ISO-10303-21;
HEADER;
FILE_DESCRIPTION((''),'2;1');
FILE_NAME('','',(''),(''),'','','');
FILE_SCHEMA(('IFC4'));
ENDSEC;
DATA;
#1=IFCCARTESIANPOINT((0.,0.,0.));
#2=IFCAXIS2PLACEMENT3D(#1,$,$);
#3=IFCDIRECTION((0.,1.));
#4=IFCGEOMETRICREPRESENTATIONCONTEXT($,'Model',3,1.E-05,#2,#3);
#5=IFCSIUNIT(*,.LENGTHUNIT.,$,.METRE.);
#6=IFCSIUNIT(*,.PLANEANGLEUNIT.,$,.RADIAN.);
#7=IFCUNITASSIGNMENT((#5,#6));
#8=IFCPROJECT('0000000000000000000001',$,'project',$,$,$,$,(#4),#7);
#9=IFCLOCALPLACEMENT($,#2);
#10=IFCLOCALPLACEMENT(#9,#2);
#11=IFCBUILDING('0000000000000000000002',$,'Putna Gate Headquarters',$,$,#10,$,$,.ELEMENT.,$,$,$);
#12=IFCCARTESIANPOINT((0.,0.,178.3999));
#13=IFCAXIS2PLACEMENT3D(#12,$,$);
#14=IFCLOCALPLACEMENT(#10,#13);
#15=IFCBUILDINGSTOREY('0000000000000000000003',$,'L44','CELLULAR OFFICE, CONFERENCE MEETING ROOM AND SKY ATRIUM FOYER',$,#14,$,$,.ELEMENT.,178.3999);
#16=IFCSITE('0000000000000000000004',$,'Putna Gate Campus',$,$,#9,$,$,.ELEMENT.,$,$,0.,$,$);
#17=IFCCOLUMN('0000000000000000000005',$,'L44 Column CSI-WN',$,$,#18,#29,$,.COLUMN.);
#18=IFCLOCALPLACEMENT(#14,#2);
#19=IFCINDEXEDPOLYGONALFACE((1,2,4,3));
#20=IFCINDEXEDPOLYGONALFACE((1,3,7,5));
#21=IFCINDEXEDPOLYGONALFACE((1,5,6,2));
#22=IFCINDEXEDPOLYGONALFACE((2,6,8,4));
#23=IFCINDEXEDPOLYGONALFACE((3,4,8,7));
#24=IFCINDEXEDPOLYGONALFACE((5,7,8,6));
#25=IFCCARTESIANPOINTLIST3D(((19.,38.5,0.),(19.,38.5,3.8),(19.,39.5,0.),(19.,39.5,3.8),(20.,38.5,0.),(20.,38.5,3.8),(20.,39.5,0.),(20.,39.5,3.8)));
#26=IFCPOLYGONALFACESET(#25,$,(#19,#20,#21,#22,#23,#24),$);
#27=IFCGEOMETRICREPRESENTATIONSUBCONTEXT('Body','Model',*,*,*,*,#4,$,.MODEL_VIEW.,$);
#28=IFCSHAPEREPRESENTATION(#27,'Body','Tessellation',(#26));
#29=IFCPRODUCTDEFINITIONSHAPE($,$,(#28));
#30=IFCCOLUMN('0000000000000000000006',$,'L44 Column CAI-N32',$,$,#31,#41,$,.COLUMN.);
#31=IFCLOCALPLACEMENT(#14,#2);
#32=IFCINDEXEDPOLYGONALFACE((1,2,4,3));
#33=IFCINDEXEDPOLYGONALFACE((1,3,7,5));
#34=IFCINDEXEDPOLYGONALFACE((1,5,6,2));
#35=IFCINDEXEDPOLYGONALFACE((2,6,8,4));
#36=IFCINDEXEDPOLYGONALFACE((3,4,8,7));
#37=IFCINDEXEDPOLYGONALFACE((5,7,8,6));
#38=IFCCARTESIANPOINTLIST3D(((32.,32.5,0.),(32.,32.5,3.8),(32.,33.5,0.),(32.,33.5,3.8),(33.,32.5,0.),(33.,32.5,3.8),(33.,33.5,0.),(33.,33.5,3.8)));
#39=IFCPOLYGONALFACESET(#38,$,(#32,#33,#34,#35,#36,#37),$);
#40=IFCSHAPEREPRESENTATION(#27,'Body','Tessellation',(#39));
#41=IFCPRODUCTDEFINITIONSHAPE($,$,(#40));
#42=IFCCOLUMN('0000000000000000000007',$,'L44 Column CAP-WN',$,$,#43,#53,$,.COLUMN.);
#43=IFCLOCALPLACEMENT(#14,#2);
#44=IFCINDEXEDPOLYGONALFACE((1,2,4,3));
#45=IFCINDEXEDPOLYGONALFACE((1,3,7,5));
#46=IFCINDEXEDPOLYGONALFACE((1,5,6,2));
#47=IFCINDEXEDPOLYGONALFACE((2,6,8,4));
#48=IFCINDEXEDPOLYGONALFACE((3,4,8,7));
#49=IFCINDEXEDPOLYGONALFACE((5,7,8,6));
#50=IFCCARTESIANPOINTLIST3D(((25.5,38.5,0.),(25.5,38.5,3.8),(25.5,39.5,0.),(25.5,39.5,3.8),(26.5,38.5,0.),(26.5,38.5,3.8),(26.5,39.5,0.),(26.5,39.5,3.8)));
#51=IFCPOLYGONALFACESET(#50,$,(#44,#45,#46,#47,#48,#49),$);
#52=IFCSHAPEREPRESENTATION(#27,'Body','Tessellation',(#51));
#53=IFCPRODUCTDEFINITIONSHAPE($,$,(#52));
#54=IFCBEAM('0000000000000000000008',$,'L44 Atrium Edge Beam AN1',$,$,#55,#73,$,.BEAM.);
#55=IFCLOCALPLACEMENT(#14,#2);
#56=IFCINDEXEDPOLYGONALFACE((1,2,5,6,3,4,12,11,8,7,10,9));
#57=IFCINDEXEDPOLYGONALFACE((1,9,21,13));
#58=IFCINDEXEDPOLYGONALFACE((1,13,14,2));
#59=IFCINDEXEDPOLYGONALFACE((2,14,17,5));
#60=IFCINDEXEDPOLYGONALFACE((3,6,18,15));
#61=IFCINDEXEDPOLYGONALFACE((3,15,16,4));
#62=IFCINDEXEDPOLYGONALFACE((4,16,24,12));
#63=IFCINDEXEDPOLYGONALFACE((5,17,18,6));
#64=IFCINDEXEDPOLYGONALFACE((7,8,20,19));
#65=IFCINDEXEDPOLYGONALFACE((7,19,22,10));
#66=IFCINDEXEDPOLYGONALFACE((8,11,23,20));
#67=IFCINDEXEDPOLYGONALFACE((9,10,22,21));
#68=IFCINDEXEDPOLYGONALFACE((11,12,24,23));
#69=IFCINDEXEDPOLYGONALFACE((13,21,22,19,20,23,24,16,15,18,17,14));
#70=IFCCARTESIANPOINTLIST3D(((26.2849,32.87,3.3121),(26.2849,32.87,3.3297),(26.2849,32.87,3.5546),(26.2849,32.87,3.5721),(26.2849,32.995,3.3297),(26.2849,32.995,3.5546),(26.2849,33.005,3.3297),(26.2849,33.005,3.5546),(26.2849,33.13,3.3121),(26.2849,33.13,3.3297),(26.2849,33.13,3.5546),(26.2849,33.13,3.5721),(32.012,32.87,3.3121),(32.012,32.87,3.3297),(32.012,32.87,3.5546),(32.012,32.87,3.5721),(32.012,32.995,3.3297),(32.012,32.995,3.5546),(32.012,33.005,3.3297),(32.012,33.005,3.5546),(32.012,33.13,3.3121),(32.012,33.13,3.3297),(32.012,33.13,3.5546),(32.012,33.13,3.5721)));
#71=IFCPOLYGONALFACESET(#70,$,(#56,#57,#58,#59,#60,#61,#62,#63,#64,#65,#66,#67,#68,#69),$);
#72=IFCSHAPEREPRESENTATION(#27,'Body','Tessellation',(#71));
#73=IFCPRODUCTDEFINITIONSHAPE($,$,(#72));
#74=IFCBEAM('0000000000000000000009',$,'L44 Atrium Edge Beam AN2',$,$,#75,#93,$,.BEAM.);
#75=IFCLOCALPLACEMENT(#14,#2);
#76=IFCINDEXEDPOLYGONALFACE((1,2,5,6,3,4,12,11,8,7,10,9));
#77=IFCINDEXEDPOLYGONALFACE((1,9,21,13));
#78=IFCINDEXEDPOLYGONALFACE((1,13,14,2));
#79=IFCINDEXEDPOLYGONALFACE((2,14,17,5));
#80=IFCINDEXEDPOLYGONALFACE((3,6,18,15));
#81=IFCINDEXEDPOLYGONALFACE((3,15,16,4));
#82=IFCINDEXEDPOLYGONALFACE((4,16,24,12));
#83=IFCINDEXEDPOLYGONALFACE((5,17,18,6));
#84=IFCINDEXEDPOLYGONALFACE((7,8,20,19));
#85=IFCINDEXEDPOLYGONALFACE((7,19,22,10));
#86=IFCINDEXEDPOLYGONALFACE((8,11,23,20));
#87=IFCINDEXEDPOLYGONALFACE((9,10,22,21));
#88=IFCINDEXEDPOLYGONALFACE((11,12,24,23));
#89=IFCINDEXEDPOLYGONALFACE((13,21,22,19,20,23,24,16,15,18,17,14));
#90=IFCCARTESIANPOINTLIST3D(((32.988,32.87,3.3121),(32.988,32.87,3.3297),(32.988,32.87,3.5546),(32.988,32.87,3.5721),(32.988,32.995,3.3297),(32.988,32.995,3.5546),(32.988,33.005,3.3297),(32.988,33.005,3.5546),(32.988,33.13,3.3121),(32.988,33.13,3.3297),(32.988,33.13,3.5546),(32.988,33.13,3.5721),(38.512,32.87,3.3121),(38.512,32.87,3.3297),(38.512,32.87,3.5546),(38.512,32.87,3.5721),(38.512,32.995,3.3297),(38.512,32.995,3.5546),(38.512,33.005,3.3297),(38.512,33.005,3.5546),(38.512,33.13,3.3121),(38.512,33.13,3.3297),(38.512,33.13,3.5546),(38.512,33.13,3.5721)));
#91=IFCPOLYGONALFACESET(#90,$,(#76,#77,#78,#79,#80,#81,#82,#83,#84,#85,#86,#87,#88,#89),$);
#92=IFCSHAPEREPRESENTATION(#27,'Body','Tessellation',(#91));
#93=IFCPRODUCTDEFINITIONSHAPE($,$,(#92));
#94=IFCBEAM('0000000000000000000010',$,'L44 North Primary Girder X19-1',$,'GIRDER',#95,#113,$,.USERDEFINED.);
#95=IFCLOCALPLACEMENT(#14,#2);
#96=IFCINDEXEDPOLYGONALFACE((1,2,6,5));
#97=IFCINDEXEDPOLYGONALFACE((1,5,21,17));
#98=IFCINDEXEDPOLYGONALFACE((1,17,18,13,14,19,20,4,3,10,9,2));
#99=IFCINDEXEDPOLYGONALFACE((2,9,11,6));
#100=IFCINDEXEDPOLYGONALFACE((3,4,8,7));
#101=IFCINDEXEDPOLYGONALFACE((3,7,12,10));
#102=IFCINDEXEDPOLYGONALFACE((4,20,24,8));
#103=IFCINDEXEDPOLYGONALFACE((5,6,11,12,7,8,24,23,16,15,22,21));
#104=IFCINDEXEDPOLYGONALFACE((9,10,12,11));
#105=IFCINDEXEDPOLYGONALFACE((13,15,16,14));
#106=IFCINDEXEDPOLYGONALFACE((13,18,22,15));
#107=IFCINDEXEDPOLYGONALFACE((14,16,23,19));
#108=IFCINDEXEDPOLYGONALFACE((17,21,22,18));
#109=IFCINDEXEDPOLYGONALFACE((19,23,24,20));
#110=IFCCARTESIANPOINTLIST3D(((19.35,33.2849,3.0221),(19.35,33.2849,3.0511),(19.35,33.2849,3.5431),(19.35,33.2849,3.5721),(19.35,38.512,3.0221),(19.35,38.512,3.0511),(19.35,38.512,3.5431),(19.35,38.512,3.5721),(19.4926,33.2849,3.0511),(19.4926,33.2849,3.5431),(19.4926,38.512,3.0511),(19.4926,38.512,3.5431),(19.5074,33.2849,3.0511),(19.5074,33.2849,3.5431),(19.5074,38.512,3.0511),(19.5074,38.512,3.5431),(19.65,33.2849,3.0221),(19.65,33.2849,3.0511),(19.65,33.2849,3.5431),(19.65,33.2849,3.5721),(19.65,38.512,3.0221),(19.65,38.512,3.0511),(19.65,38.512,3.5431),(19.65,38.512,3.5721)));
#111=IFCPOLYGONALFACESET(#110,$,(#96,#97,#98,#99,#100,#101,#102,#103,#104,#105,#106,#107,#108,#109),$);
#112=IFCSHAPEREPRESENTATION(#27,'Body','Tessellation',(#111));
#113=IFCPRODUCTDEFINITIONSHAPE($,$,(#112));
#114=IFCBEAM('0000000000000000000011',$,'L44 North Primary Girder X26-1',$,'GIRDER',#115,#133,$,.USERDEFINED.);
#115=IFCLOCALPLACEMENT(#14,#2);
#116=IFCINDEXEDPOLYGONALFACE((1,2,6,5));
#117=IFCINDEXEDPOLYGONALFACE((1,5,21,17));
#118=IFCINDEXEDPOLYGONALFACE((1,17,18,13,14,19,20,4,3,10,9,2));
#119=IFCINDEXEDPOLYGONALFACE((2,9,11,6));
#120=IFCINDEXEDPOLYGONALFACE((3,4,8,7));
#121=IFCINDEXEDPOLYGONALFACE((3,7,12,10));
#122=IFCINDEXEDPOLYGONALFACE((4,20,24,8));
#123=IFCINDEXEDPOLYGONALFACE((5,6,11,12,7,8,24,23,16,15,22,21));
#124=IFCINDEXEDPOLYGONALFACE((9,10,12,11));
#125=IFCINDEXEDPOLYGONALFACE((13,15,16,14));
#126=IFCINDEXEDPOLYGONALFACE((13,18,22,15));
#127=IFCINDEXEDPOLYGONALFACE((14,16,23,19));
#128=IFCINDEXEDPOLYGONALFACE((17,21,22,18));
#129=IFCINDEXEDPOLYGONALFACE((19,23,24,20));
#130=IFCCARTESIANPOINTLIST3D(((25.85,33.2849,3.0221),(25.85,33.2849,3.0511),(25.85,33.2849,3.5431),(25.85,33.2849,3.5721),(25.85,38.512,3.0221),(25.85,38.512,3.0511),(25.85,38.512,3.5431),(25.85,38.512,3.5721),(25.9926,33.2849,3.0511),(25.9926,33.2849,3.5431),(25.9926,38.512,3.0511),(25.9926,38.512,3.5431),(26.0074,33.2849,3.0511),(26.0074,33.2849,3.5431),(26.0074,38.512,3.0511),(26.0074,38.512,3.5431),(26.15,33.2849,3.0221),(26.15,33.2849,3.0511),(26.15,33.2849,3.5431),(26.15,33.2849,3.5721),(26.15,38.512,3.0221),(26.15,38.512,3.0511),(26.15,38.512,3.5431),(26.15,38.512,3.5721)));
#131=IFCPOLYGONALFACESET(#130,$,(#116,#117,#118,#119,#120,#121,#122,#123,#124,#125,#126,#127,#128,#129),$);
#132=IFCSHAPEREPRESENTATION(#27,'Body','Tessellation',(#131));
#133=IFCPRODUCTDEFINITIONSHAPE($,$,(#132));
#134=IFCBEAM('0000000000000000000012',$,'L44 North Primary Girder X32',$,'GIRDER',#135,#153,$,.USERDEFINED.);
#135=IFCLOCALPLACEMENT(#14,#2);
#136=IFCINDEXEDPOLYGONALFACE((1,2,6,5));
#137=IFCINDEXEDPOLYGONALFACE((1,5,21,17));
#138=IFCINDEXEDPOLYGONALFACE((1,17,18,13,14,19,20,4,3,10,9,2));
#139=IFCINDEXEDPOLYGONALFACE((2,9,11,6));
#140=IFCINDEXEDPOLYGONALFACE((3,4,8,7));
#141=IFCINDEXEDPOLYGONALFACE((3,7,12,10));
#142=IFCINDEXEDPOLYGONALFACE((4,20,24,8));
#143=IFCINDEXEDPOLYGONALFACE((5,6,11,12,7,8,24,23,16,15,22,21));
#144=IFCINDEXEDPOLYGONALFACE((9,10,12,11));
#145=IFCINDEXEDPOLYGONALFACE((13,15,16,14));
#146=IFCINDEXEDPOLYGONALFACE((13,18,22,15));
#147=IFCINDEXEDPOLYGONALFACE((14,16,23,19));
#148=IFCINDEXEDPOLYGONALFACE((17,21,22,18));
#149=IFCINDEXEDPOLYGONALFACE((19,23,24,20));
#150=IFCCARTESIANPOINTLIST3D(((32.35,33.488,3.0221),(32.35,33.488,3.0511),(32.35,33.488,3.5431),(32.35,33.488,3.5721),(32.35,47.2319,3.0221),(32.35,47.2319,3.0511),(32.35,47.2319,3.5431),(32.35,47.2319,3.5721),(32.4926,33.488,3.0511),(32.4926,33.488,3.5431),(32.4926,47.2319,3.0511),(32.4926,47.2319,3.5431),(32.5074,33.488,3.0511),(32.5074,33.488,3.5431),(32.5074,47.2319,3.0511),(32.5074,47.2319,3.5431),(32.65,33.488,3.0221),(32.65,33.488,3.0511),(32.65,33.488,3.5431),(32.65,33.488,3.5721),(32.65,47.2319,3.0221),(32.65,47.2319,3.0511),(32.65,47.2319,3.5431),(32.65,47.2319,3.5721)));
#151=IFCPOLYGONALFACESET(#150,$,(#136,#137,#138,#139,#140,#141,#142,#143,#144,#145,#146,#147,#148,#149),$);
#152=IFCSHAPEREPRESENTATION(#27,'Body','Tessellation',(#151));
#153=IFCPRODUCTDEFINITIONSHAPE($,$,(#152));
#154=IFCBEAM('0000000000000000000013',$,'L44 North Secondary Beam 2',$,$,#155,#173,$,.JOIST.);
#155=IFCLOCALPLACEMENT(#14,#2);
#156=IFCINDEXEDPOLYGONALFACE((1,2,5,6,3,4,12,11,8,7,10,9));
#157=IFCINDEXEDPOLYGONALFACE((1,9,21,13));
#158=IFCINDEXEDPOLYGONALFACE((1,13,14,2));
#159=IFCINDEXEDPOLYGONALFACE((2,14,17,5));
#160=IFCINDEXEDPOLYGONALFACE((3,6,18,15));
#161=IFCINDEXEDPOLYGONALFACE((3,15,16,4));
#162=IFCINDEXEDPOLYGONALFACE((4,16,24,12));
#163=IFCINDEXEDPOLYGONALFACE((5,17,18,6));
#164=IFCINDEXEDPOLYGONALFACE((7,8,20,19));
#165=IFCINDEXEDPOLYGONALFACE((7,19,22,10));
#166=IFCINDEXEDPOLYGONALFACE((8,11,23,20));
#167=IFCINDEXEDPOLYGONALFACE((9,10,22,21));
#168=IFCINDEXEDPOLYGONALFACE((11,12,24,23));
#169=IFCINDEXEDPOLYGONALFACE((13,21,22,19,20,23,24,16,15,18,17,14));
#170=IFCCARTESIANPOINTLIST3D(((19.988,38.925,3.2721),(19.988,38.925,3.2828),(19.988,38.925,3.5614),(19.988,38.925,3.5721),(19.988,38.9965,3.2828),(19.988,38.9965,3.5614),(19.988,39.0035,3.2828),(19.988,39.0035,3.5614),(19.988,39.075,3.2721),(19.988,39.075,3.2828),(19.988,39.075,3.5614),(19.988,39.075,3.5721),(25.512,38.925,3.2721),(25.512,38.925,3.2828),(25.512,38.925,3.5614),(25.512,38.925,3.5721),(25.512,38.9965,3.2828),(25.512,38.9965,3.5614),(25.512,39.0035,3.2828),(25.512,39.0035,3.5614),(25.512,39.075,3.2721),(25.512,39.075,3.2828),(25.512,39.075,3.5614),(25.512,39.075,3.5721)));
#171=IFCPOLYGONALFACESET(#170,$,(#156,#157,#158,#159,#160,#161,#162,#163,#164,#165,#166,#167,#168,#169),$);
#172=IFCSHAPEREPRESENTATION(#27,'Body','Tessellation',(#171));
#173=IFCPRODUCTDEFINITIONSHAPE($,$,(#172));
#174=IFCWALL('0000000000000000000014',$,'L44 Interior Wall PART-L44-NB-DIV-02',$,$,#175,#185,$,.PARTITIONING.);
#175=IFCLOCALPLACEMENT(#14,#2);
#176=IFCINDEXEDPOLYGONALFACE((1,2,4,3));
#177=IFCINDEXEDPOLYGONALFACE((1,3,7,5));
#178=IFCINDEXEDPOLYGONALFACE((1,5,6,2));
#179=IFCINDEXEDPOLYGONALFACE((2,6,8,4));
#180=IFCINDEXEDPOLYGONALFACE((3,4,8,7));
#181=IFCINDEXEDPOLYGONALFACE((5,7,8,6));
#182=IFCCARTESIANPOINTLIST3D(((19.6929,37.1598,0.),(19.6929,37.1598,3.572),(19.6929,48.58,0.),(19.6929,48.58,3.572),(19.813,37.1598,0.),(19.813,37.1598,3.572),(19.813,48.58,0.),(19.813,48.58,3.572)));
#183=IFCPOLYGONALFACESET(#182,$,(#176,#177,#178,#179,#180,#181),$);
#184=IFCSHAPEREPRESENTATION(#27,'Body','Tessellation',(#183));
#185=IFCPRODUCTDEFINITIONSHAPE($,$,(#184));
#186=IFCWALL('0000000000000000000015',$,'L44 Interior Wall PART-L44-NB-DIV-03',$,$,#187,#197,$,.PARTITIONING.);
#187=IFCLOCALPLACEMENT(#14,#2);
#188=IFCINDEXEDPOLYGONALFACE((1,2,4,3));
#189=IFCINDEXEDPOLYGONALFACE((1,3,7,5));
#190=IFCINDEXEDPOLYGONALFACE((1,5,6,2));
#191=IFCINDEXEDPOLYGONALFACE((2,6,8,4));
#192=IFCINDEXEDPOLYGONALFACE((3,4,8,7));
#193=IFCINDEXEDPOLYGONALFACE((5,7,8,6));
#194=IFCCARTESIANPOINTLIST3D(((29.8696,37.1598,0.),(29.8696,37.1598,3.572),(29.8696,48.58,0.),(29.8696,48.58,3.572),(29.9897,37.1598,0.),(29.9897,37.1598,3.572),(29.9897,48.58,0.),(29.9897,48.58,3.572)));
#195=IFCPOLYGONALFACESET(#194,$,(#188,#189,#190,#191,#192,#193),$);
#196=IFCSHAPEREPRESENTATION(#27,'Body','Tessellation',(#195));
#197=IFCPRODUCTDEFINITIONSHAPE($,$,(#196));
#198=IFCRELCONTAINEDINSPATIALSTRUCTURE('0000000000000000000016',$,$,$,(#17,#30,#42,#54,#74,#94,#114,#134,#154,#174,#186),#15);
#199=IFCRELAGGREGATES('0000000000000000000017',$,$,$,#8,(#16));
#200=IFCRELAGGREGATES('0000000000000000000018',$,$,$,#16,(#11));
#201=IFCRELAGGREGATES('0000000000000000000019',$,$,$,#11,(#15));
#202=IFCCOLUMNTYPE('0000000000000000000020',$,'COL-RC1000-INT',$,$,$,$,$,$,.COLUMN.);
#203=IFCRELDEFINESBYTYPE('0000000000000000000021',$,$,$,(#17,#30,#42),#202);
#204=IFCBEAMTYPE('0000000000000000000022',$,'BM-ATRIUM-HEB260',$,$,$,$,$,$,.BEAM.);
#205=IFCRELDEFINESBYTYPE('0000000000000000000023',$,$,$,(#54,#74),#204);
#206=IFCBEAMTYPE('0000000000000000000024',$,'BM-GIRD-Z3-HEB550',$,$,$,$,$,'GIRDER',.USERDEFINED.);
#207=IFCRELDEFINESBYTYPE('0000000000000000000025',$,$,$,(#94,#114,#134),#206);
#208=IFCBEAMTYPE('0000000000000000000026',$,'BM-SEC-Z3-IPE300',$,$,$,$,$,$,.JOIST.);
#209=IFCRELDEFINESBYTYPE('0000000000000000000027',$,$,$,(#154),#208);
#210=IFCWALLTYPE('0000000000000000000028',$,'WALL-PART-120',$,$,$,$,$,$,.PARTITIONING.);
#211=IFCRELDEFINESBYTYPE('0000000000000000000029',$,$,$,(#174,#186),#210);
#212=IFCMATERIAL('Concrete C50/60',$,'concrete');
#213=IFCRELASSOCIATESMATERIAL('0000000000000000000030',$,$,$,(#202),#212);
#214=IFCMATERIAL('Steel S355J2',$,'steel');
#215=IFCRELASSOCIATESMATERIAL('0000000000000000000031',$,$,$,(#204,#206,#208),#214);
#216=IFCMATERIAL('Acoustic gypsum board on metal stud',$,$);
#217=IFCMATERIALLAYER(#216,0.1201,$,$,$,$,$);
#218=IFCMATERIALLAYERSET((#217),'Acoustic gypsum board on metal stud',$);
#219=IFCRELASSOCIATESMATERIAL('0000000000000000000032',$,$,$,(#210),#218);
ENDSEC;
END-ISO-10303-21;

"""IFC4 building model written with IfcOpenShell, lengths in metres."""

from ifc_helpers import new_model, si_unit, direction, frame, frame_2d, origin, origin_2d, place, context, subcontext, project, spatial, rectangle, i_section, extrude, material, layer, layer_set, material_profile, profile_set, type_object, element, save


model = new_model("IFC4")

# Units and contexts
model_context = context("Model", 3, precision=1e-05, world=origin(), true_north=direction((0.0, 1.0)))
body_context = subcontext(model_context, "Body", "Model", "MODEL_VIEW")
ifc_project = project(units=[si_unit("LENGTHUNIT", "METRE"), si_unit("PLANEANGLEUNIT", "RADIAN")], contexts=[model_context])

# Site, building, storey
site_placement = place(None, origin())
site = spatial("IfcSite", under=ifc_project, at=site_placement, Name="Putna Gate Campus", CompositionType="ELEMENT", RefElevation=0.0)
building_placement = place(site_placement, origin())
building = spatial("IfcBuilding", under=site, at=building_placement, Name="Putna Gate Headquarters", CompositionType="ELEMENT")
storey_placement = place(building_placement, frame((0.0, 0.0, 178.3999)))
storey = spatial("IfcBuildingStorey", under=building, at=storey_placement, Name="L44", Description="CELLULAR OFFICE, CONFERENCE MEETING ROOM AND SKY ATRIUM FOYER", CompositionType="ELEMENT", Elevation=178.3999)

# Columns
ifc_material_1 = material(Name="Concrete C50/60", Category="concrete")
ifc_material_profile_1 = material_profile(ifc_material_1, rectangle(XDim=1.0, YDim=1.0, at=origin_2d()), Name="Concrete C50/60")
ifc_profile_set_1 = profile_set([ifc_material_profile_1], Name="Concrete C50/60")
column_type = type_object("IfcColumnType", Name="COL-RC1000-INT", PredefinedType="COLUMN", material=ifc_profile_set_1)
for number, where, z_axis, x_axis, name in (
    (1, (19.5, 39.0, 0.0), (0.0, 0.0, 1.0), (1.0, 0.0, 0.0), "L44 Column CSI-WN"),
    (2, (32.5, 33.0, 0.0), (0.0, 0.0, 1.0), (1.0, 0.0, 0.0), "L44 Column CAI-N32"),
    (3, (26.0, 39.0, 0.0), (0.0, 0.0, 1.0), (1.0, 0.0, 0.0), "L44 Column CAP-WN"),
):
    element("IfcColumn", number, at=place(storey_placement, frame(where, z_axis=z_axis, x_axis=x_axis)), inside=storey, type_object=column_type, Name=name, PredefinedType="COLUMN", context=body_context, shape_type="SweptSolid", body=[
        extrude(rectangle(XDim=1.0, YDim=1.0, at=origin_2d()), origin(), (0.0, 0.0, 1.0), 3.8),
    ])

# Beams
ifc_material_2 = material(Name="Steel S355J2", Category="steel")
ifc_material_profile_2 = material_profile(ifc_material_2, i_section(OverallWidth=0.26, OverallDepth=0.26, WebThickness=0.01, FlangeThickness=0.0176, at=origin_2d()), Name="Steel S355J2")
ifc_profile_set_2 = profile_set([ifc_material_profile_2], Name="Steel S355J2")
beam_type_1 = type_object("IfcBeamType", Name="BM-ATRIUM-HEB260", PredefinedType="BEAM", material=ifc_profile_set_2)
beam_1_placement = place(storey_placement, frame((26.2849, 33.0, 3.4421), z_axis=(1.0, 0.0, 0.0), x_axis=(0.0, 1.0, 0.0)))
element("IfcBeam", 4, at=beam_1_placement, inside=storey, type_object=beam_type_1, Name="L44 Atrium Edge Beam AN1", PredefinedType="BEAM", context=body_context, shape_type="SweptSolid", body=[
    extrude(i_section(OverallWidth=0.26, OverallDepth=0.26, WebThickness=0.01, FlangeThickness=0.0176, at=origin_2d()), origin(), (0.0, 0.0, 1.0), 5.7271),
])
beam_2_placement = place(storey_placement, frame((32.988, 33.0, 3.4421), z_axis=(1.0, 0.0, 0.0), x_axis=(0.0, 1.0, 0.0)))
element("IfcBeam", 5, at=beam_2_placement, inside=storey, type_object=beam_type_1, Name="L44 Atrium Edge Beam AN2", PredefinedType="BEAM", context=body_context, shape_type="SweptSolid", body=[
    extrude(i_section(OverallWidth=0.26, OverallDepth=0.26, WebThickness=0.01, FlangeThickness=0.0176, at=origin_2d()), origin(), (0.0, 0.0, 1.0), 5.5239),
])
ifc_material_profile_3 = material_profile(ifc_material_2, i_section(OverallWidth=0.3, OverallDepth=0.55, WebThickness=0.0149, FlangeThickness=0.0291, at=origin_2d()), Name="Steel S355J2")
ifc_profile_set_3 = profile_set([ifc_material_profile_3], Name="Steel S355J2")
beam_type_2 = type_object("IfcBeamType", Name="BM-GIRD-Z3-HEB550", ElementType="GIRDER", PredefinedType="USERDEFINED", material=ifc_profile_set_3)
for number, where, z_axis, x_axis, name in (
    (6, (19.5, 33.2849, 3.2971), (0.0, 1.0, 0.0), (-1.0, 0.0, 0.0), "L44 North Primary Girder X19-1"),
    (7, (26.0, 33.2849, 3.2971), (0.0, 1.0, 0.0), (-1.0, 0.0, 0.0), "L44 North Primary Girder X26-1"),
):
    element("IfcBeam", number, at=place(storey_placement, frame(where, z_axis=z_axis, x_axis=x_axis)), inside=storey, type_object=beam_type_2, Name=name, ObjectType="GIRDER", PredefinedType="USERDEFINED", context=body_context, shape_type="SweptSolid", body=[
        extrude(i_section(OverallWidth=0.3, OverallDepth=0.55, WebThickness=0.0149, FlangeThickness=0.0291, at=origin_2d()), origin(), (0.0, 0.0, 1.0), 5.2271),
    ])
beam_3_placement = place(storey_placement, frame((32.5, 33.488, 3.2971), z_axis=(0.0, 1.0, 0.0), x_axis=(-1.0, 0.0, 0.0)))
element("IfcBeam", 8, at=beam_3_placement, inside=storey, type_object=beam_type_2, Name="L44 North Primary Girder X32", ObjectType="GIRDER", PredefinedType="USERDEFINED", context=body_context, shape_type="SweptSolid", body=[
    extrude(i_section(OverallWidth=0.3, OverallDepth=0.55, WebThickness=0.0149, FlangeThickness=0.0291, at=origin_2d()), origin(), (0.0, 0.0, 1.0), 13.7439),
])
ifc_material_profile_4 = material_profile(ifc_material_2, i_section(OverallWidth=0.1499, OverallDepth=0.3, WebThickness=0.0071, FlangeThickness=0.0107, at=origin_2d()), Name="Steel S355J2")
ifc_profile_set_4 = profile_set([ifc_material_profile_4], Name="Steel S355J2")
beam_type_3 = type_object("IfcBeamType", Name="BM-SEC-Z3-IPE300", PredefinedType="JOIST", material=ifc_profile_set_4)
beam_4_placement = place(storey_placement, frame((19.988, 39.0, 3.4221), z_axis=(1.0, 0.0, 0.0), x_axis=(0.0, 1.0, 0.0)))
element("IfcBeam", 9, at=beam_4_placement, inside=storey, type_object=beam_type_3, Name="L44 North Secondary Beam 2", PredefinedType="JOIST", context=body_context, shape_type="SweptSolid", body=[
    extrude(i_section(OverallWidth=0.1499, OverallDepth=0.3, WebThickness=0.0071, FlangeThickness=0.0107, at=origin_2d()), origin(), (0.0, 0.0, 1.0), 5.5239),
])

# Walls
ifc_material_3 = material(Name="Acoustic gypsum board on metal stud")
ifc_layer_1 = layer(ifc_material_3, 0.1201)
ifc_layer_set_1 = layer_set([ifc_layer_1], Name="Acoustic gypsum board on metal stud")
wall_type_1 = type_object("IfcWallType", Name="WALL-PART-120", PredefinedType="PARTITIONING", material=ifc_layer_set_1)
for number, where, z_axis, x_axis, name in (
    (10, (19.7529, 37.1599, 0.0), (0.0, 0.0, 1.0), (0.0, 1.0, 0.0), "L44 Interior Wall PART-L44-NB-DIV-02"),
    (11, (29.9297, 37.1599, 0.0), (0.0, 0.0, 1.0), (0.0, 1.0, 0.0), "L44 Interior Wall PART-L44-NB-DIV-03"),
):
    element("IfcWall", number, at=place(storey_placement, frame(where, z_axis=z_axis, x_axis=x_axis)), inside=storey, type_object=wall_type_1, Name=name, PredefinedType="PARTITIONING", context=body_context, shape_type="SweptSolid", body=[
        extrude(rectangle(XDim=11.4202, YDim=0.1201, at=frame_2d((5.71, 0.0))), origin(), (0.0, 0.0, 1.0), 3.572),
    ])

save(model, "model.ifc")
